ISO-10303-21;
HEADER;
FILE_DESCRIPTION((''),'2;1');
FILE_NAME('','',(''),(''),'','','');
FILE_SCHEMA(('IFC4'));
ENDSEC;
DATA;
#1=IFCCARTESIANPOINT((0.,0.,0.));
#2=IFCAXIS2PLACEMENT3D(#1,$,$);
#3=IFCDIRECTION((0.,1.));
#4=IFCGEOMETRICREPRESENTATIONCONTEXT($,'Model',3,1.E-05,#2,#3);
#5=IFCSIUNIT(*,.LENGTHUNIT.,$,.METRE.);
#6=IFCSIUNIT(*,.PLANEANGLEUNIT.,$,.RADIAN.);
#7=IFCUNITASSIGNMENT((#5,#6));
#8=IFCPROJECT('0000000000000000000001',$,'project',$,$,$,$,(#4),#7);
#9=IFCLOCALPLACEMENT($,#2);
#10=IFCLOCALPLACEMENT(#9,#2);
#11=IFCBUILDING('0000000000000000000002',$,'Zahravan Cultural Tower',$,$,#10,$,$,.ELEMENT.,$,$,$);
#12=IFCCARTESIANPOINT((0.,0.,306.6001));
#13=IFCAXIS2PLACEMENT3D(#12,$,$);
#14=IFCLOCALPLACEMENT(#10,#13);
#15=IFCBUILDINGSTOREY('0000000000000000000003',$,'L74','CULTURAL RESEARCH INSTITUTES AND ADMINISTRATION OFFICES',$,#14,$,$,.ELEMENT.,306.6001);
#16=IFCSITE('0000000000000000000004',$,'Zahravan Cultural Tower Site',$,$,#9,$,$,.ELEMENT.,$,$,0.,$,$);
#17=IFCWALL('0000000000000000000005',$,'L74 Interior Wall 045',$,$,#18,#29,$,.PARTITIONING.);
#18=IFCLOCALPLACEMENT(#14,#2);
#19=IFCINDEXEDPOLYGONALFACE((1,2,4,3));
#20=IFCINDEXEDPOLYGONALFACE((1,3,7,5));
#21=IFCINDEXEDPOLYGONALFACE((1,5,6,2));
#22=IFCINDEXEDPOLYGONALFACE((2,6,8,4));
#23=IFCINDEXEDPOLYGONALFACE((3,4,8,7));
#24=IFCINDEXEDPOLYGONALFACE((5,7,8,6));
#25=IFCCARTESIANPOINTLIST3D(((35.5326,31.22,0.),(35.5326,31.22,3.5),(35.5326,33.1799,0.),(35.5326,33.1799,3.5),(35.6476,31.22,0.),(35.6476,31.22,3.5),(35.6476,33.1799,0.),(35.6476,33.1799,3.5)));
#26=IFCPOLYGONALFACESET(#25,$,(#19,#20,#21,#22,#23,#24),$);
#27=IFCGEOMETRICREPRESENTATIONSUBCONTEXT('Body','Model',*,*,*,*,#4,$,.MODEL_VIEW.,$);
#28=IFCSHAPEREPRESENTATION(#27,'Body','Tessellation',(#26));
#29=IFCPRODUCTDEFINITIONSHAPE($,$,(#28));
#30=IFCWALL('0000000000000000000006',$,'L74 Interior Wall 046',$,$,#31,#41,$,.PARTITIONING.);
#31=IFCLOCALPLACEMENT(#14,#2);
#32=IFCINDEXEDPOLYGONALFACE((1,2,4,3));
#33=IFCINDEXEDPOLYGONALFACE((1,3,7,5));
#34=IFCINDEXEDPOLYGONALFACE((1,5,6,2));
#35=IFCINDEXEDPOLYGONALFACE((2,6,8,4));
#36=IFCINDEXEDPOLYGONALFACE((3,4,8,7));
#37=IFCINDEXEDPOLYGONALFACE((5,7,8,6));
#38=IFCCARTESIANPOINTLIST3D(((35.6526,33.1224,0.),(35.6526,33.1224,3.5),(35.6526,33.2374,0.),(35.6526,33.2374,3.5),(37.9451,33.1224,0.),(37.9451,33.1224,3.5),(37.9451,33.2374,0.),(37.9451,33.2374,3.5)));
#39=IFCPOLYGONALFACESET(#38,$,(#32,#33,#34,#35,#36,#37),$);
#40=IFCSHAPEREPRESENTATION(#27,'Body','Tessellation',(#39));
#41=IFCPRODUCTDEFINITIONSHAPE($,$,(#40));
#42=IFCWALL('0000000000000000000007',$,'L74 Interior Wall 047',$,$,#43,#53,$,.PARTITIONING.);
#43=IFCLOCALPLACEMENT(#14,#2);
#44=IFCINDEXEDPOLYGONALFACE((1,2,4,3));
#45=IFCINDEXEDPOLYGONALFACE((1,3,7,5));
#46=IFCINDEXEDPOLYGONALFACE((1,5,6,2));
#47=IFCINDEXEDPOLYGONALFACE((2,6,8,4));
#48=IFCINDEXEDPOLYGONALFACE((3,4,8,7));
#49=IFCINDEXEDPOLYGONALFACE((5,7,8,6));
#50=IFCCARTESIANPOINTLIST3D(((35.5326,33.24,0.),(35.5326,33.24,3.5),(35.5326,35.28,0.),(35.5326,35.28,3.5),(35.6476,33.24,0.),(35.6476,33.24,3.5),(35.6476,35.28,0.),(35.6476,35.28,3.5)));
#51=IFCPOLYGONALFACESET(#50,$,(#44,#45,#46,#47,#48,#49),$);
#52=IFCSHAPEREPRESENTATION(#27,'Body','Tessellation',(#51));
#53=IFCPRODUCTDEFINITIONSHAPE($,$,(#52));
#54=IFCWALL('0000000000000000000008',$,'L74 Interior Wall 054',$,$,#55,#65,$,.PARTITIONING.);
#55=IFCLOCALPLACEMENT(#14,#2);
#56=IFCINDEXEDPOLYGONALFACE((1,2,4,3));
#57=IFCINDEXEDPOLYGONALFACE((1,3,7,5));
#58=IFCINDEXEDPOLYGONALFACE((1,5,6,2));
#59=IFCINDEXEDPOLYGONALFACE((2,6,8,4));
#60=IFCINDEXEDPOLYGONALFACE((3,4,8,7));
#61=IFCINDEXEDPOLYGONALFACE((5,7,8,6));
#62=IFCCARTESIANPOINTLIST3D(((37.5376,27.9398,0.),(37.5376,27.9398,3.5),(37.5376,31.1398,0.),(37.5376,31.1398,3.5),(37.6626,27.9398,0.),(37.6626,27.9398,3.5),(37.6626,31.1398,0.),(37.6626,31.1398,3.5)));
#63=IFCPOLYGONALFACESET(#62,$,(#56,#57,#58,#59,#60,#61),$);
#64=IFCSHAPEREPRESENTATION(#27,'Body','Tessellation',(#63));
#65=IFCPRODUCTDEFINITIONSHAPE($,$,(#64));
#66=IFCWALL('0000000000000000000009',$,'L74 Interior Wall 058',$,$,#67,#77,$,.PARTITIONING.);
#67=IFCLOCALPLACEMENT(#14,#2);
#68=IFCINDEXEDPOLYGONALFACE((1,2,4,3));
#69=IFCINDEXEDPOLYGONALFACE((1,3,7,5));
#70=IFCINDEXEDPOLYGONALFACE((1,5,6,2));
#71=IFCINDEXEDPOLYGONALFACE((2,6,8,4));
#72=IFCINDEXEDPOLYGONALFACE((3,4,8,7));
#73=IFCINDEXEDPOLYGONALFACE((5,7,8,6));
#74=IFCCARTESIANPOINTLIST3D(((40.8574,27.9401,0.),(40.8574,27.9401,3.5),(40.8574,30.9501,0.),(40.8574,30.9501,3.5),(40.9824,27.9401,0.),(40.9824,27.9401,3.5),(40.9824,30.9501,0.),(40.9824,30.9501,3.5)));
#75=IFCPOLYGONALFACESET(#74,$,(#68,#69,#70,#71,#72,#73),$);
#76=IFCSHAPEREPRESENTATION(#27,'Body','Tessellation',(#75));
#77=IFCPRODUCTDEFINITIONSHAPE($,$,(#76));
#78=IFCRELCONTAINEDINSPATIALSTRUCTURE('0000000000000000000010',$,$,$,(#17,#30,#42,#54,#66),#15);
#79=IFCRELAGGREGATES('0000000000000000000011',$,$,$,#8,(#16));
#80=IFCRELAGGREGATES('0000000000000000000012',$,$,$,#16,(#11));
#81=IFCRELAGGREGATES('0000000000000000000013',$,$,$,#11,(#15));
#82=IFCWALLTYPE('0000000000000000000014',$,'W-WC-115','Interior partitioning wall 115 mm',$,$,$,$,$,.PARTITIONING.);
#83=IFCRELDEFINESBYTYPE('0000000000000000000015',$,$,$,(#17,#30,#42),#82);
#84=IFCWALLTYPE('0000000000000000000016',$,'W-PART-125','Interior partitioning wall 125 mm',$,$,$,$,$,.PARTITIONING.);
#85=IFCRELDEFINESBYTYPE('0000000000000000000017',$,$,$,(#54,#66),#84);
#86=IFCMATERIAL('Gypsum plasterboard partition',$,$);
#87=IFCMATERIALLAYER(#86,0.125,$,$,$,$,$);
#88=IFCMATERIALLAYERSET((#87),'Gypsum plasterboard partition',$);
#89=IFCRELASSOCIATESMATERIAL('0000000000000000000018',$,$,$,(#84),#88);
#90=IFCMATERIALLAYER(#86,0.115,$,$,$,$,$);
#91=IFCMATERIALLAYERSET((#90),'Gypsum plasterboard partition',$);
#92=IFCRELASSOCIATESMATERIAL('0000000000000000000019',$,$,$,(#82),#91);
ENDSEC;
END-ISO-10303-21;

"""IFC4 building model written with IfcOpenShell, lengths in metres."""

from ifc_helpers import new_model, si_unit, direction, frame, frame_2d, origin, place, context, subcontext, project, spatial, rectangle, extrude, source, transform, mapped, material, layer, layer_set, type_object, element, save


model = new_model("IFC4")

# Units and contexts
model_context = context("Model", 3, precision=1e-05, world=origin(), true_north=direction((0.0, 1.0)))
body_context = subcontext(model_context, "Body", "Model", "MODEL_VIEW")
ifc_project = project(units=[si_unit("LENGTHUNIT", "METRE"), si_unit("PLANEANGLEUNIT", "RADIAN")], contexts=[model_context])

# Site, building, storey
site_placement = place(None, origin())
site = spatial("IfcSite", under=ifc_project, at=site_placement, Name="Zahravan Cultural Tower Site", CompositionType="ELEMENT", RefElevation=0.0)
building_placement = place(site_placement, origin())
building = spatial("IfcBuilding", under=site, at=building_placement, Name="Zahravan Cultural Tower", CompositionType="ELEMENT")
storey_placement = place(building_placement, frame((0.0, 0.0, 306.6001)))
storey = spatial("IfcBuildingStorey", under=building, at=storey_placement, Name="L74", Description="CULTURAL RESEARCH INSTITUTES AND ADMINISTRATION OFFICES", CompositionType="ELEMENT", Elevation=306.6001)

# Shared definitions
ifc_material_1 = material(Name="Gypsum plasterboard partition")
ifc_layer_1 = layer(ifc_material_1, 0.125)
ifc_layer_set_1 = layer_set([ifc_layer_1], Name="Gypsum plasterboard partition")
wall_type_1 = type_object("IfcWallType", Name="W-PART-125", Description="Interior partitioning wall 125 mm", PredefinedType="PARTITIONING", material=ifc_layer_set_1)
ifc_layer_2 = layer(ifc_material_1, 0.115)
ifc_layer_set_2 = layer_set([ifc_layer_2], Name="Gypsum plasterboard partition")
wall_type_2 = type_object("IfcWallType", Name="W-WC-115", Description="Interior partitioning wall 115 mm", PredefinedType="PARTITIONING", material=ifc_layer_set_2)

# Walls
shared_shape_1 = source(origin(), body_context, "Body", "SweptSolid", [
    extrude(rectangle(XDim=1.96, YDim=0.115, at=frame_2d((0.98, 0.0))), origin(), (0.0, 0.0, 1.0), 3.5),
])
wall_1_placement = place(storey_placement, frame((35.5901, 31.22, 0.0), z_axis=(0.0, 0.0, 1.0), x_axis=(0.0, 1.0, 0.0)))
element("IfcWall", 1, at=wall_1_placement, inside=storey, type_object=wall_type_2, Name="L74 Interior Wall 045", PredefinedType="PARTITIONING", context=body_context, shape_type="MappedRepresentation", body=[
    mapped(shared_shape_1, transform((0.0, 0.0, 0.0), x_axis=(1.0, 0.0, 0.0), y_axis=(0.0, 1.0, 0.0), z_axis=(0.0, 0.0, 1.0), scale=1.0)),
])
shared_shape_2 = source(origin(), body_context, "Body", "SweptSolid", [
    extrude(rectangle(XDim=2.2925, YDim=0.115, at=frame_2d((1.1462, 0.0))), origin(), (0.0, 0.0, 1.0), 3.5),
])
wall_2_placement = place(storey_placement, frame((35.6526, 33.1799, 0.0), z_axis=(0.0, 0.0, 1.0), x_axis=(1.0, 0.0, 0.0)))
element("IfcWall", 2, at=wall_2_placement, inside=storey, type_object=wall_type_2, Name="L74 Interior Wall 046", PredefinedType="PARTITIONING", context=body_context, shape_type="MappedRepresentation", body=[
    mapped(shared_shape_2, transform((0.0, 0.0, 0.0), x_axis=(1.0, 0.0, 0.0), y_axis=(0.0, 1.0, 0.0), z_axis=(0.0, 0.0, 1.0), scale=1.0)),
])
shared_shape_3 = source(origin(), body_context, "Body", "SweptSolid", [
    extrude(rectangle(XDim=2.04, YDim=0.115, at=frame_2d((1.02, 0.0))), origin(), (0.0, 0.0, 1.0), 3.5),
])
wall_3_placement = place(storey_placement, frame((35.5901, 33.24, 0.0), z_axis=(0.0, 0.0, 1.0), x_axis=(0.0, 1.0, 0.0)))
element("IfcWall", 3, at=wall_3_placement, inside=storey, type_object=wall_type_2, Name="L74 Interior Wall 047", PredefinedType="PARTITIONING", context=body_context, shape_type="MappedRepresentation", body=[
    mapped(shared_shape_3, transform((0.0, 0.0, 0.0), x_axis=(1.0, 0.0, 0.0), y_axis=(0.0, 1.0, 0.0), z_axis=(0.0, 0.0, 1.0), scale=1.0)),
])
shared_shape_4 = source(origin(), body_context, "Body", "SweptSolid", [
    extrude(rectangle(XDim=3.2, YDim=0.125, at=frame_2d((1.6001, 0.0))), origin(), (0.0, 0.0, 1.0), 3.5),
])
wall_4_placement = place(storey_placement, frame((37.6001, 31.1399, 0.0), z_axis=(0.0, 0.0, 1.0), x_axis=(0.0, -1.0, 0.0)))
element("IfcWall", 4, at=wall_4_placement, inside=storey, type_object=wall_type_1, Name="L74 Interior Wall 054", PredefinedType="PARTITIONING", context=body_context, shape_type="MappedRepresentation", body=[
    mapped(shared_shape_4, transform((0.0, 0.0, 0.0), x_axis=(1.0, 0.0, 0.0), y_axis=(0.0, 1.0, 0.0), z_axis=(0.0, 0.0, 1.0), scale=1.0)),
])
shared_shape_5 = source(origin(), body_context, "Body", "SweptSolid", [
    extrude(rectangle(XDim=3.01, YDim=0.125, at=frame_2d((1.5049, 0.0))), origin(), (0.0, 0.0, 1.0), 3.5),
])
wall_5_placement = place(storey_placement, frame((40.9199, 30.95, 0.0), z_axis=(0.0, 0.0, 1.0), x_axis=(0.0, -1.0, 0.0)))
element("IfcWall", 5, at=wall_5_placement, inside=storey, type_object=wall_type_1, Name="L74 Interior Wall 058", PredefinedType="PARTITIONING", context=body_context, shape_type="MappedRepresentation", body=[
    mapped(shared_shape_5, transform((0.0, 0.0, 0.0), x_axis=(1.0, 0.0, 0.0), y_axis=(0.0, 1.0, 0.0), z_axis=(0.0, 0.0, 1.0), scale=1.0)),
])

save(model, "model.ifc")
